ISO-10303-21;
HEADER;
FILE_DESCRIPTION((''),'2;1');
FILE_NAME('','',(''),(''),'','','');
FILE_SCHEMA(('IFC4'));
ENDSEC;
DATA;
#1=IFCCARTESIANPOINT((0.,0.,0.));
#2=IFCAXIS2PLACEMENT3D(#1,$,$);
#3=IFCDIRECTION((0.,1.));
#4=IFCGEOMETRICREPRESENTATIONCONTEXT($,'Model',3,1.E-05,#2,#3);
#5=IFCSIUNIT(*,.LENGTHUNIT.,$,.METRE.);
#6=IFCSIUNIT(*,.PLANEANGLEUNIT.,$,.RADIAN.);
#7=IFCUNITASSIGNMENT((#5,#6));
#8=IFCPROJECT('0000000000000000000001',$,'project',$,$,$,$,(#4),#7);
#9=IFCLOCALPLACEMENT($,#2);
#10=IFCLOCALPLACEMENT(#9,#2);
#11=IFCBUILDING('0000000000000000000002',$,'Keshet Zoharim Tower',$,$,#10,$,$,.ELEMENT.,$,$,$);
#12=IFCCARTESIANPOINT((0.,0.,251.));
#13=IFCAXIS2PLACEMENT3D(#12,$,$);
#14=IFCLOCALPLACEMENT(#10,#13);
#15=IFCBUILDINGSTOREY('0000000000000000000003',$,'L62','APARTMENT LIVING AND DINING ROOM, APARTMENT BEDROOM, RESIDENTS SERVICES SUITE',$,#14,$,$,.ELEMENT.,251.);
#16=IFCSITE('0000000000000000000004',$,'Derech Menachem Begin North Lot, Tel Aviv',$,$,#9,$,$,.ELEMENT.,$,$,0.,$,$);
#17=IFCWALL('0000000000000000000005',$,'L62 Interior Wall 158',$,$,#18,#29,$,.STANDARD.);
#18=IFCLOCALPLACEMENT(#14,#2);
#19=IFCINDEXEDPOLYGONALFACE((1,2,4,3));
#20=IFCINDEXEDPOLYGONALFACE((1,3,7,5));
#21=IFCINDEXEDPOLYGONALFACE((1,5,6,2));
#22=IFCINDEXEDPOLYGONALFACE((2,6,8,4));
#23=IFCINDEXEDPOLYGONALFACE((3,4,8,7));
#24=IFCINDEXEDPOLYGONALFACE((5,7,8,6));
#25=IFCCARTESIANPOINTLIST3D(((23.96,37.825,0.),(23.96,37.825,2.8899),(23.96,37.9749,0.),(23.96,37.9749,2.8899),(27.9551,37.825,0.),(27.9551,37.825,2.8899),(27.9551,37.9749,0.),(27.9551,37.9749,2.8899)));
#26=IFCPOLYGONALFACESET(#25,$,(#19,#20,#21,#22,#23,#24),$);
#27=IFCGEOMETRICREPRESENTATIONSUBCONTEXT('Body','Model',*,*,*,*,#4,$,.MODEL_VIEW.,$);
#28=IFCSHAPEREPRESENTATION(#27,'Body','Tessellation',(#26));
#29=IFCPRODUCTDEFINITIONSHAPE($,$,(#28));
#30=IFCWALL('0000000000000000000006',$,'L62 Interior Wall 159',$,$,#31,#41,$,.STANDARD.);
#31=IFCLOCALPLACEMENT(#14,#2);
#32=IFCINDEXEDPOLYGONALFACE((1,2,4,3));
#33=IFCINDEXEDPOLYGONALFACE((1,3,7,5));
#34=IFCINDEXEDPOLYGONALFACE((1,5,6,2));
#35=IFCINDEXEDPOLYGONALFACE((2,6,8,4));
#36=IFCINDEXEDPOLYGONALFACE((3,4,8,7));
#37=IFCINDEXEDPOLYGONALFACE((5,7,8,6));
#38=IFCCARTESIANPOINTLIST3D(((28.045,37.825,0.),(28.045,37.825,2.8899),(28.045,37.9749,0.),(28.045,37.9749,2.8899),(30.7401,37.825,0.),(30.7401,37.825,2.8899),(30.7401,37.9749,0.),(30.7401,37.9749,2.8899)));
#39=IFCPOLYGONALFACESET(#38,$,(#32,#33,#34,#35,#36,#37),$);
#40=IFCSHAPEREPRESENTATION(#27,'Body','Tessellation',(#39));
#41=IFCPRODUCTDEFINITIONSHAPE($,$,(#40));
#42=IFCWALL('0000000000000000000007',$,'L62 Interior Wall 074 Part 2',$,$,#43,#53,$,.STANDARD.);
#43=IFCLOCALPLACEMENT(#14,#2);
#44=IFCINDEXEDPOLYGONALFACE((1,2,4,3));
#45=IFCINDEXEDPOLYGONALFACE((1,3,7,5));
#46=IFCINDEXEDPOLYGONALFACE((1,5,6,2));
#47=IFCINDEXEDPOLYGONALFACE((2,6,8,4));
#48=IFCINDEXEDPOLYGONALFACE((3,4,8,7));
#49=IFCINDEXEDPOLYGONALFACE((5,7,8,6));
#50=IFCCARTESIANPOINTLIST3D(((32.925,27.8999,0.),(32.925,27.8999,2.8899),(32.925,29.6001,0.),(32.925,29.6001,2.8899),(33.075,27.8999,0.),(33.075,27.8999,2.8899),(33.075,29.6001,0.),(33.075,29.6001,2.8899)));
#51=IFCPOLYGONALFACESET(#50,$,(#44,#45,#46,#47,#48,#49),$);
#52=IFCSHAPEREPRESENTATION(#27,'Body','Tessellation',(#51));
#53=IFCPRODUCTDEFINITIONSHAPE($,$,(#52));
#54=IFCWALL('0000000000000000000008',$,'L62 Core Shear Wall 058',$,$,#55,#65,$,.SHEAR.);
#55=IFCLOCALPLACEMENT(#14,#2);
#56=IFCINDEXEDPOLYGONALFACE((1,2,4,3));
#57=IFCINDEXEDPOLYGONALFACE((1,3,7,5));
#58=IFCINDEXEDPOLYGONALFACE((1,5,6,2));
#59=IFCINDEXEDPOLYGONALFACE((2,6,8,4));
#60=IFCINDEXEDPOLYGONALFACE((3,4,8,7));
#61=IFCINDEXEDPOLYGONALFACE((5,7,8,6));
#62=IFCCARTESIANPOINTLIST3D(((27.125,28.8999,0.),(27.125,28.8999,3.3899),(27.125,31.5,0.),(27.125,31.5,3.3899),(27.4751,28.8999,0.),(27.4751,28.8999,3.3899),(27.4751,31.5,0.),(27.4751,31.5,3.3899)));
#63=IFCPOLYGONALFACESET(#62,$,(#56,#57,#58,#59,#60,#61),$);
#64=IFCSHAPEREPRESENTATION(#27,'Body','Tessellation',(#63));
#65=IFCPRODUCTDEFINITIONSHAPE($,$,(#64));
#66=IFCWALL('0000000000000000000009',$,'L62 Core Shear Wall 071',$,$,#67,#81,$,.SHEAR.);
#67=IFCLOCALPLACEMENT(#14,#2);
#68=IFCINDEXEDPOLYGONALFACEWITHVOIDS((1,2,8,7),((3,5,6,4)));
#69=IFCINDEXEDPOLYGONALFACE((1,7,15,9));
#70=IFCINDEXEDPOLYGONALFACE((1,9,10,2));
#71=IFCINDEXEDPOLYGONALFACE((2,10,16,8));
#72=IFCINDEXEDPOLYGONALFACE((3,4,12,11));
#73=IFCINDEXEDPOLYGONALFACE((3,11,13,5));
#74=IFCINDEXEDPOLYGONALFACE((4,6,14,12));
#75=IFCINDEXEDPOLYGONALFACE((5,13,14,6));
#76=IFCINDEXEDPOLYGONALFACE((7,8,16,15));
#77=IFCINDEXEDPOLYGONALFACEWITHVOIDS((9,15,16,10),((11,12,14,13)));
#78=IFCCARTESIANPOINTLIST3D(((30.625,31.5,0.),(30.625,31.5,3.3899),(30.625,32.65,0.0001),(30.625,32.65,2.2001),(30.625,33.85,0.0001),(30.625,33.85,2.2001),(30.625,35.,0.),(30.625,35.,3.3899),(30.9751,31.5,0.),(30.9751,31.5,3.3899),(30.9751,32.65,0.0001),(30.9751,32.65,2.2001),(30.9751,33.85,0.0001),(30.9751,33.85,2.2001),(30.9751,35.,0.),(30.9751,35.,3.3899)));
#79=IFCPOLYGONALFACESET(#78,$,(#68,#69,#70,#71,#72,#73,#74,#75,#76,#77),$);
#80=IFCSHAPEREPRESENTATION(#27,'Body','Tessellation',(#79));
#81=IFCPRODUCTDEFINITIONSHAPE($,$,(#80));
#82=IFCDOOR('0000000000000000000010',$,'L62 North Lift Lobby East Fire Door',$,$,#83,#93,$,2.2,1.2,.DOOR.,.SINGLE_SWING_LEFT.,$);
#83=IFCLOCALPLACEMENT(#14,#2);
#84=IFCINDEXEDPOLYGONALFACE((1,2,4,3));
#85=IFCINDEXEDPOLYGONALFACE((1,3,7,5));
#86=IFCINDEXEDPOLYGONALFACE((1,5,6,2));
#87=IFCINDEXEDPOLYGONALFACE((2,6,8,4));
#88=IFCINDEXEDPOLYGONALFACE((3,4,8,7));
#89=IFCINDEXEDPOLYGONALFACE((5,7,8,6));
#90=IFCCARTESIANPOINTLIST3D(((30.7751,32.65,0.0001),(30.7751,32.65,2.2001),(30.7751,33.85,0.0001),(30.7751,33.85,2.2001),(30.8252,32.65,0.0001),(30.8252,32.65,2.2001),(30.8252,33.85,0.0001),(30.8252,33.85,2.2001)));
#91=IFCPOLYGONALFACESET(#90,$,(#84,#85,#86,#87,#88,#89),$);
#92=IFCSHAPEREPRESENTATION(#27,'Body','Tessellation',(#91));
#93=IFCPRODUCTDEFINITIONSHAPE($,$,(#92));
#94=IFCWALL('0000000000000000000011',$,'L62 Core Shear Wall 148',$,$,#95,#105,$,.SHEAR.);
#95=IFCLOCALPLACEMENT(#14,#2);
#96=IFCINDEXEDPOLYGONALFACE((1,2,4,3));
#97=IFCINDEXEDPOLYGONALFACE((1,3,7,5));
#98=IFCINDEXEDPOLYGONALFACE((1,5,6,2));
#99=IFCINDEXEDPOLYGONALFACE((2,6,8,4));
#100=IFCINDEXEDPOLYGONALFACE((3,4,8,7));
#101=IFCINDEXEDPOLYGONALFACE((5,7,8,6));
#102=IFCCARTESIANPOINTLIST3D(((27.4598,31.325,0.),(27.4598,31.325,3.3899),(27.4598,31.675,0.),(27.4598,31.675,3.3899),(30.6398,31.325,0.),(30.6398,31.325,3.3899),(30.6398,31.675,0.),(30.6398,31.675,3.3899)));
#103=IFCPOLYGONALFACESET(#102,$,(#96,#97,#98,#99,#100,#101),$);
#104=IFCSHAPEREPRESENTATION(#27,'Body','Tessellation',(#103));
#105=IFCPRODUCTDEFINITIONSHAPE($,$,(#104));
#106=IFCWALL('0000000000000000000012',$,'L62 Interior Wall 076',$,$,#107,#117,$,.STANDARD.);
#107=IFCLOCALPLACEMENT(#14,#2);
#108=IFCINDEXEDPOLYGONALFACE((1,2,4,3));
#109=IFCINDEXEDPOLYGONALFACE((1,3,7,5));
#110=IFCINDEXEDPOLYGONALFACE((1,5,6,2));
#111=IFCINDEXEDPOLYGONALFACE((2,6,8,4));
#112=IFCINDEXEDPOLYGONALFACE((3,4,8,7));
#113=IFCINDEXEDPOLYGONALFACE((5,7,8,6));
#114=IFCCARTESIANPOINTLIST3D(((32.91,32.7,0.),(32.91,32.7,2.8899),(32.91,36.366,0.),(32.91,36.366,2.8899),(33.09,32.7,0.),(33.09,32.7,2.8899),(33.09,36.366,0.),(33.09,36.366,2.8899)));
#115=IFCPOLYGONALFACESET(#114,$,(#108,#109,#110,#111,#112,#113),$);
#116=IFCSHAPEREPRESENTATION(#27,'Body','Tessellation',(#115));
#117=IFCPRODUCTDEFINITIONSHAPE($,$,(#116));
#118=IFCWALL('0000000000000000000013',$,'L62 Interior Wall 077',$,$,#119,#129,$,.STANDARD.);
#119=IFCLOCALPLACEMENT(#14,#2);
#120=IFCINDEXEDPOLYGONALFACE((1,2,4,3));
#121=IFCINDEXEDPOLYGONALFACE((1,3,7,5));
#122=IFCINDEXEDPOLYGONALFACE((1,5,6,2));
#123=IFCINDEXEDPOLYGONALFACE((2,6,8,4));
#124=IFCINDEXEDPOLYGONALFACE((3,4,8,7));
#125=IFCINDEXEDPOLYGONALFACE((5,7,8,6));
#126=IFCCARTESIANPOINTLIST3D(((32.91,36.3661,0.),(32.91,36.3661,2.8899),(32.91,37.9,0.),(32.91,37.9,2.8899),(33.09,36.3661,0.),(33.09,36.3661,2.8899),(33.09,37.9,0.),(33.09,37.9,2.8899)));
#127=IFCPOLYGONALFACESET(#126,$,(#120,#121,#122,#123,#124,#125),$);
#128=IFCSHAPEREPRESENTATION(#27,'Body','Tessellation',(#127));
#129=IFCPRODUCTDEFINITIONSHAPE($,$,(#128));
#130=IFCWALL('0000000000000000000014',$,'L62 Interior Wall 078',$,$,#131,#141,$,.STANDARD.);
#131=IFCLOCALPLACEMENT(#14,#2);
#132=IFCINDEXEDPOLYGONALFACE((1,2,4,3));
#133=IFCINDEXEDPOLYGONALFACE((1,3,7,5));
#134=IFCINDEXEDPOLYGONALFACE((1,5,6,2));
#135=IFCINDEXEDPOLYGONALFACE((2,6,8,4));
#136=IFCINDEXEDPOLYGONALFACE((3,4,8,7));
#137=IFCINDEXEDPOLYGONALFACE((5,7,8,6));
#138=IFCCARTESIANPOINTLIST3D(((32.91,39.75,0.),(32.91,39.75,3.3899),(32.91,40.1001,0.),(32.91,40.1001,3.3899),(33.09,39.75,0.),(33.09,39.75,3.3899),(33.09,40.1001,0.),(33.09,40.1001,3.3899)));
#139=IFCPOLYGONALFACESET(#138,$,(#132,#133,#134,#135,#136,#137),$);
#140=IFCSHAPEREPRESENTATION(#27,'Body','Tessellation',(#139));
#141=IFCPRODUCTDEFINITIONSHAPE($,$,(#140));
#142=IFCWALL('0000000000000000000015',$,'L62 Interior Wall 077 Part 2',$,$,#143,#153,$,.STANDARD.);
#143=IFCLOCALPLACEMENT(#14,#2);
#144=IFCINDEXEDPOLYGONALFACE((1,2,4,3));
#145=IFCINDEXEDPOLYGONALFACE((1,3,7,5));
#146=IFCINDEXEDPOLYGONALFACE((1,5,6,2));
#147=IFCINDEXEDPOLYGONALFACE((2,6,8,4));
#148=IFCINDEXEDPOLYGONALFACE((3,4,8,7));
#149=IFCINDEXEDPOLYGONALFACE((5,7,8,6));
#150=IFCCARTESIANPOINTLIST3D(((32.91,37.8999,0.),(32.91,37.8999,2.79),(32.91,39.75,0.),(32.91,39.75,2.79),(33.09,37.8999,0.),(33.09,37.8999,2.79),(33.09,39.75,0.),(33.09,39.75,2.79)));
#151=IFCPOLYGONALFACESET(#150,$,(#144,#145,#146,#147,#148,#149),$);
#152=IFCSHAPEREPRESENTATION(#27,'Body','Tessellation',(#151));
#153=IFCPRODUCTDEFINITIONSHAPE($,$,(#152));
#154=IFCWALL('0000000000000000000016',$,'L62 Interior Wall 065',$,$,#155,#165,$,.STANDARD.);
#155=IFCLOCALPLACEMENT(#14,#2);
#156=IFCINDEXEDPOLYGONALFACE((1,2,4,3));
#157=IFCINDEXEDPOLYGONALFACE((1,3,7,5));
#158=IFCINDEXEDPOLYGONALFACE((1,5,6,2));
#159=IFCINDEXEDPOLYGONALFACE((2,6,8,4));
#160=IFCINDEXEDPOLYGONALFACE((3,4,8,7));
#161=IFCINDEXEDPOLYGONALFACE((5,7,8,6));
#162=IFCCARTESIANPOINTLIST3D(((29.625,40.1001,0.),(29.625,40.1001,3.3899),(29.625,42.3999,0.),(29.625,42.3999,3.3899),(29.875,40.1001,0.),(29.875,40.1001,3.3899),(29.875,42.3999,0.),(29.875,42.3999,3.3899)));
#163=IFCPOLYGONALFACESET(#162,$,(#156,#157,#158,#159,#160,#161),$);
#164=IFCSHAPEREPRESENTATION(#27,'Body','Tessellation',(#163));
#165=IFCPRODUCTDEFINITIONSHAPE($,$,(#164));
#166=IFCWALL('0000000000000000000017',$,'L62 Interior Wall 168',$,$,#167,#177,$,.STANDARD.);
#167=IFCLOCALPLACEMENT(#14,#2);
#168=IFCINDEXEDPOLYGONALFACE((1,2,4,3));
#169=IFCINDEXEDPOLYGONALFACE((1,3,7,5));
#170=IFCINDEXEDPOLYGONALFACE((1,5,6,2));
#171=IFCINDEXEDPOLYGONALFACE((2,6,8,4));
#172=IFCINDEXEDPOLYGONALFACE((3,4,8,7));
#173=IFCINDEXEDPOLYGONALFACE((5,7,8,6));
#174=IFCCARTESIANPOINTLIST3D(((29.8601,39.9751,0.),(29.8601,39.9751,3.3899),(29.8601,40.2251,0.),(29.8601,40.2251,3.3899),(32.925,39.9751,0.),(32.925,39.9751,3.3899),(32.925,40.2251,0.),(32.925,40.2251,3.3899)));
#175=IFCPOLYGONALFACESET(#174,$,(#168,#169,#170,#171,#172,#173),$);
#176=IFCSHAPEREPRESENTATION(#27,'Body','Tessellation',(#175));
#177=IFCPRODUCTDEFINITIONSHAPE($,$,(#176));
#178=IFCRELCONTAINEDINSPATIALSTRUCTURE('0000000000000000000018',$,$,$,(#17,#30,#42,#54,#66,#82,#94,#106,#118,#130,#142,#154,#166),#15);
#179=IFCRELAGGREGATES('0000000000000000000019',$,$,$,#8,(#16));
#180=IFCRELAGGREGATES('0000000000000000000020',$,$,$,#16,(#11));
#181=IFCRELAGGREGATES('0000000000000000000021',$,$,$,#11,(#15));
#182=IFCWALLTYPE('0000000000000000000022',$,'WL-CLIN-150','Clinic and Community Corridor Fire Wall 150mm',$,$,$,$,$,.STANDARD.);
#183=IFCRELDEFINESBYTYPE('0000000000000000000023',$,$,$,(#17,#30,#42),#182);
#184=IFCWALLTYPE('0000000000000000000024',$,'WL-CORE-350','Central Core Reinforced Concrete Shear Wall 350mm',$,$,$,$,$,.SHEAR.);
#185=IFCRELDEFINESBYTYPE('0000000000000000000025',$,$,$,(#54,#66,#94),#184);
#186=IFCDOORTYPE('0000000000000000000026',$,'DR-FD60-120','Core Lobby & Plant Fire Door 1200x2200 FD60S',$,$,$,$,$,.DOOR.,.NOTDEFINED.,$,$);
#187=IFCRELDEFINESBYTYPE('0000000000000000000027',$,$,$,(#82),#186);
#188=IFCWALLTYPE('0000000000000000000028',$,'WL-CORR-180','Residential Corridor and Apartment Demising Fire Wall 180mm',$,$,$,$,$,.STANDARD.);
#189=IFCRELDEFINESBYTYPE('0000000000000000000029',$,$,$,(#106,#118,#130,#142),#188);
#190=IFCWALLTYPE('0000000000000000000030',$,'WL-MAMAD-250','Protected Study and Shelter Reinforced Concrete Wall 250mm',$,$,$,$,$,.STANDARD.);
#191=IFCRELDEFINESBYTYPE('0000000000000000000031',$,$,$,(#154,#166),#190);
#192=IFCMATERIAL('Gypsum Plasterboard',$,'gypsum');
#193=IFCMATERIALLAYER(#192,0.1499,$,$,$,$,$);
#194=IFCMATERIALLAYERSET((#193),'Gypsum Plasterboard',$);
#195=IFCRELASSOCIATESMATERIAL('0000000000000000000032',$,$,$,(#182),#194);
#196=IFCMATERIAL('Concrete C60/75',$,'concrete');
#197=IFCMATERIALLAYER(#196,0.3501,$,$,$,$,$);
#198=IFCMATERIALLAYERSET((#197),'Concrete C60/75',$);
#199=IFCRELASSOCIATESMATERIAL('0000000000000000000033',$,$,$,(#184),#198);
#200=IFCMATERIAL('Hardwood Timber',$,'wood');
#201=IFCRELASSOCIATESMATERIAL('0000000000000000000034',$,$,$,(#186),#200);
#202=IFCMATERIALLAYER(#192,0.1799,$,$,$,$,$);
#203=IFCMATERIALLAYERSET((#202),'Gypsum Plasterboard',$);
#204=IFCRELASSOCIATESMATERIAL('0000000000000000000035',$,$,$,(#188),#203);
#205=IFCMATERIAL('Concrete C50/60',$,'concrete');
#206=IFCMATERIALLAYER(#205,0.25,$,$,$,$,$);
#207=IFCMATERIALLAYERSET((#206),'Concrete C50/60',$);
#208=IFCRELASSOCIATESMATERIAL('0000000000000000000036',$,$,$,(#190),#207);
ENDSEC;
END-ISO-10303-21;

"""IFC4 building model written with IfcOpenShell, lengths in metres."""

from ifc_helpers import new_model, si_unit, direction, frame, frame_2d, origin, place, context, subcontext, project, spatial, rectangle, extrude, material, layer, layer_set, type_object, element, fill, save


model = new_model("IFC4")

# Units and contexts
model_context = context("Model", 3, precision=1e-05, world=origin(), true_north=direction((0.0, 1.0)))
body_context = subcontext(model_context, "Body", "Model", "MODEL_VIEW")
ifc_project = project(units=[si_unit("LENGTHUNIT", "METRE"), si_unit("PLANEANGLEUNIT", "RADIAN")], contexts=[model_context])

# Site, building, storey
site_placement = place(None, origin())
site = spatial("IfcSite", under=ifc_project, at=site_placement, Name="Derech Menachem Begin North Lot, Tel Aviv", CompositionType="ELEMENT", RefElevation=0.0)
building_placement = place(site_placement, origin())
building = spatial("IfcBuilding", under=site, at=building_placement, Name="Keshet Zoharim Tower", CompositionType="ELEMENT")
storey_placement = place(building_placement, frame((0.0, 0.0, 251.0)))
storey = spatial("IfcBuildingStorey", under=building, at=storey_placement, Name="L62", Description="APARTMENT LIVING AND DINING ROOM, APARTMENT BEDROOM, RESIDENTS SERVICES SUITE", CompositionType="ELEMENT", Elevation=251.0)

# Shared definitions
ifc_material_1 = material(Name="Concrete C50/60", Category="concrete")

# Walls
ifc_material_2 = material(Name="Gypsum Plasterboard", Category="gypsum")
ifc_layer_1 = layer(ifc_material_2, 0.1499)
ifc_layer_set_1 = layer_set([ifc_layer_1], Name="Gypsum Plasterboard")
wall_type_1 = type_object("IfcWallType", Name="WL-CLIN-150", Description="Clinic and Community Corridor Fire Wall 150mm", PredefinedType="STANDARD", material=ifc_layer_set_1)
wall_1_placement = place(storey_placement, frame((23.96, 37.8999, 0.0), z_axis=(0.0, 0.0, 1.0), x_axis=(1.0, 0.0, 0.0)))
element("IfcWall", 1, at=wall_1_placement, inside=storey, type_object=wall_type_1, Name="L62 Interior Wall 158", PredefinedType="STANDARD", context=body_context, shape_type="SweptSolid", body=[
    extrude(rectangle(XDim=3.9951, YDim=0.1499, at=frame_2d((1.9976, 0.0))), origin(), (0.0, 0.0, 1.0), 2.8899),
])
wall_2_placement = place(storey_placement, frame((28.0449, 37.8999, 0.0), z_axis=(0.0, 0.0, 1.0), x_axis=(1.0, 0.0, 0.0)))
element("IfcWall", 2, at=wall_2_placement, inside=storey, type_object=wall_type_1, Name="L62 Interior Wall 159", PredefinedType="STANDARD", context=body_context, shape_type="SweptSolid", body=[
    extrude(rectangle(XDim=2.6951, YDim=0.1499, at=frame_2d((1.3477, 0.0))), origin(), (0.0, 0.0, 1.0), 2.8899),
])
wall_3_placement = place(storey_placement, frame((33.0, 27.8999, 0.0), z_axis=(0.0, 0.0, 1.0), x_axis=(0.0, 1.0, 0.0)))
element("IfcWall", 3, at=wall_3_placement, inside=storey, type_object=wall_type_1, Name="L62 Interior Wall 074 Part 2", PredefinedType="STANDARD", context=body_context, shape_type="SweptSolid", body=[
    extrude(rectangle(XDim=1.7002, YDim=0.1499, at=frame_2d((0.8501, 0.0))), origin(), (0.0, 0.0, 1.0), 2.8899),
])
ifc_material_3 = material(Name="Concrete C60/75", Category="concrete")
ifc_layer_2 = layer(ifc_material_3, 0.3501)
ifc_layer_set_2 = layer_set([ifc_layer_2], Name="Concrete C60/75")
wall_type_2 = type_object("IfcWallType", Name="WL-CORE-350", Description="Central Core Reinforced Concrete Shear Wall 350mm", PredefinedType="SHEAR", material=ifc_layer_set_2)
wall_4_placement = place(storey_placement, frame((27.3, 28.8999, 0.0), z_axis=(0.0, 0.0, 1.0), x_axis=(0.0, 1.0, 0.0)))
element("IfcWall", 4, at=wall_4_placement, inside=storey, type_object=wall_type_2, Name="L62 Core Shear Wall 058", PredefinedType="SHEAR", context=body_context, shape_type="SweptSolid", body=[
    extrude(rectangle(XDim=2.6001, YDim=0.3501, at=frame_2d((1.3, 0.0))), origin(), (0.0, 0.0, 1.0), 3.3899),
])

# Wall, opening, door
wall_5_placement = place(storey_placement, frame((30.8, 31.5, 0.0), z_axis=(0.0, 0.0, 1.0), x_axis=(0.0, 1.0, 0.0)))
wall_5 = element("IfcWall", 5, at=wall_5_placement, inside=storey, type_object=wall_type_2, Name="L62 Core Shear Wall 071", PredefinedType="SHEAR", context=body_context, shape_type="SweptSolid", body=[
    extrude(rectangle(XDim=3.5, YDim=0.3501, at=frame_2d((1.75, 0.0))), origin(), (0.0, 0.0, 1.0), 3.3899),
])
opening_1_placement = place(wall_5_placement, frame((1.1499, 0.0, 0.0)))
opening_1 = element("IfcOpeningElement", 6, at=opening_1_placement, cuts=wall_5, PredefinedType="OPENING", context=body_context, shape_type="SweptSolid", body=[
    extrude(rectangle(XDim=1.2, YDim=2.2, at=frame_2d((0.6001, 1.1001))), frame((0.0, 0.1851, 0.0), z_axis=(0.0, -1.0, 0.0), x_axis=(1.0, 0.0, 0.0)), (0.0, 0.0, 1.0), 0.3701),
])
ifc_material_4 = material(Name="Hardwood Timber", Category="wood")
door_type_1 = type_object("IfcDoorType", Name="DR-FD60-120", Description="Core Lobby & Plant Fire Door 1200x2200 FD60S", OperationType="NOTDEFINED", PredefinedType="DOOR", material=ifc_material_4)
door_1_placement = place(opening_1_placement, origin())
door_1 = element("IfcDoor", 7, at=door_1_placement, inside=storey, type_object=door_type_1, Name="L62 North Lift Lobby East Fire Door", OperationType="SINGLE_SWING_LEFT", OverallHeight=2.2, OverallWidth=1.2, PredefinedType="DOOR", context=body_context, shape_type="SweptSolid", body=[
    extrude(rectangle(XDim=1.2, YDim=2.2, at=frame_2d((0.6001, 1.1001))), frame((0.0, 0.0249, 0.0), z_axis=(0.0, -1.0, 0.0), x_axis=(1.0, 0.0, 0.0)), (0.0, 0.0, 1.0), 0.05),
])
fill(opening_1, door_1)

# Wall
wall_6_placement = place(storey_placement, frame((27.46, 31.5, 0.0), z_axis=(0.0, 0.0, 1.0), x_axis=(1.0, 0.0, 0.0)))
element("IfcWall", 8, at=wall_6_placement, inside=storey, type_object=wall_type_2, Name="L62 Core Shear Wall 148", PredefinedType="SHEAR", context=body_context, shape_type="SweptSolid", body=[
    extrude(rectangle(XDim=3.1799, YDim=0.3501, at=frame_2d((1.5898, 0.0))), origin(), (0.0, 0.0, 1.0), 3.3899),
])

# Shared definitions
ifc_layer_3 = layer(ifc_material_2, 0.1799)
ifc_layer_set_3 = layer_set([ifc_layer_3], Name="Gypsum Plasterboard")
wall_type_3 = type_object("IfcWallType", Name="WL-CORR-180", Description="Residential Corridor and Apartment Demising Fire Wall 180mm", PredefinedType="STANDARD", material=ifc_layer_set_3)

# Walls
wall_7_placement = place(storey_placement, frame((33.0, 32.7, 0.0), z_axis=(0.0, 0.0, 1.0), x_axis=(0.0, 1.0, 0.0)))
element("IfcWall", 9, at=wall_7_placement, inside=storey, type_object=wall_type_3, Name="L62 Interior Wall 076", PredefinedType="STANDARD", context=body_context, shape_type="SweptSolid", body=[
    extrude(rectangle(XDim=3.666, YDim=0.1799, at=frame_2d((1.833, 0.0))), origin(), (0.0, 0.0, 1.0), 2.8899),
])
wall_8_placement = place(storey_placement, frame((33.0, 36.366, 0.0), z_axis=(0.0, 0.0, 1.0), x_axis=(0.0, 1.0, 0.0)))
element("IfcWall", 10, at=wall_8_placement, inside=storey, type_object=wall_type_3, Name="L62 Interior Wall 077", PredefinedType="STANDARD", context=body_context, shape_type="SweptSolid", body=[
    extrude(rectangle(XDim=1.5339, YDim=0.1799, at=frame_2d((0.7671, 0.0))), origin(), (0.0, 0.0, 1.0), 2.8899),
])
wall_9_placement = place(storey_placement, frame((33.0, 39.75, 0.0), z_axis=(0.0, 0.0, 1.0), x_axis=(0.0, 1.0, 0.0)))
element("IfcWall", 11, at=wall_9_placement, inside=storey, type_object=wall_type_3, Name="L62 Interior Wall 078", PredefinedType="STANDARD", context=body_context, shape_type="SweptSolid", body=[
    extrude(rectangle(XDim=0.3501, YDim=0.1799, at=frame_2d((0.175, 0.0))), origin(), (0.0, 0.0, 1.0), 3.3899),
])
wall_10_placement = place(storey_placement, frame((33.0, 37.8999, 0.0), z_axis=(0.0, 0.0, 1.0), x_axis=(0.0, 1.0, 0.0)))
element("IfcWall", 12, at=wall_10_placement, inside=storey, type_object=wall_type_3, Name="L62 Interior Wall 077 Part 2", PredefinedType="STANDARD", context=body_context, shape_type="SweptSolid", body=[
    extrude(rectangle(XDim=1.8501, YDim=0.1799, at=frame_2d((0.925, 0.0))), origin(), (0.0, 0.0, 1.0), 2.79),
])
ifc_layer_4 = layer(ifc_material_1, 0.25)
ifc_layer_set_4 = layer_set([ifc_layer_4], Name="Concrete C50/60")
wall_type_4 = type_object("IfcWallType", Name="WL-MAMAD-250", Description="Protected Study and Shelter Reinforced Concrete Wall 250mm", PredefinedType="STANDARD", material=ifc_layer_set_4)
wall_11_placement = place(storey_placement, frame((29.75, 40.1001, 0.0), z_axis=(0.0, 0.0, 1.0), x_axis=(0.0, 1.0, 0.0)))
element("IfcWall", 13, at=wall_11_placement, inside=storey, type_object=wall_type_4, Name="L62 Interior Wall 065", PredefinedType="STANDARD", context=body_context, shape_type="SweptSolid", body=[
    extrude(rectangle(XDim=2.2998, YDim=0.25, at=frame_2d((1.1499, 0.0))), origin(), (0.0, 0.0, 1.0), 3.3899),
])
wall_12_placement = place(storey_placement, frame((29.8601, 40.1001, 0.0), z_axis=(0.0, 0.0, 1.0), x_axis=(1.0, 0.0, 0.0)))
element("IfcWall", 14, at=wall_12_placement, inside=storey, type_object=wall_type_4, Name="L62 Interior Wall 168", PredefinedType="STANDARD", context=body_context, shape_type="SweptSolid", body=[
    extrude(rectangle(XDim=3.0649, YDim=0.25, at=frame_2d((1.5325, 0.0))), origin(), (0.0, 0.0, 1.0), 3.3899),
])

save(model, "model.ifc")
